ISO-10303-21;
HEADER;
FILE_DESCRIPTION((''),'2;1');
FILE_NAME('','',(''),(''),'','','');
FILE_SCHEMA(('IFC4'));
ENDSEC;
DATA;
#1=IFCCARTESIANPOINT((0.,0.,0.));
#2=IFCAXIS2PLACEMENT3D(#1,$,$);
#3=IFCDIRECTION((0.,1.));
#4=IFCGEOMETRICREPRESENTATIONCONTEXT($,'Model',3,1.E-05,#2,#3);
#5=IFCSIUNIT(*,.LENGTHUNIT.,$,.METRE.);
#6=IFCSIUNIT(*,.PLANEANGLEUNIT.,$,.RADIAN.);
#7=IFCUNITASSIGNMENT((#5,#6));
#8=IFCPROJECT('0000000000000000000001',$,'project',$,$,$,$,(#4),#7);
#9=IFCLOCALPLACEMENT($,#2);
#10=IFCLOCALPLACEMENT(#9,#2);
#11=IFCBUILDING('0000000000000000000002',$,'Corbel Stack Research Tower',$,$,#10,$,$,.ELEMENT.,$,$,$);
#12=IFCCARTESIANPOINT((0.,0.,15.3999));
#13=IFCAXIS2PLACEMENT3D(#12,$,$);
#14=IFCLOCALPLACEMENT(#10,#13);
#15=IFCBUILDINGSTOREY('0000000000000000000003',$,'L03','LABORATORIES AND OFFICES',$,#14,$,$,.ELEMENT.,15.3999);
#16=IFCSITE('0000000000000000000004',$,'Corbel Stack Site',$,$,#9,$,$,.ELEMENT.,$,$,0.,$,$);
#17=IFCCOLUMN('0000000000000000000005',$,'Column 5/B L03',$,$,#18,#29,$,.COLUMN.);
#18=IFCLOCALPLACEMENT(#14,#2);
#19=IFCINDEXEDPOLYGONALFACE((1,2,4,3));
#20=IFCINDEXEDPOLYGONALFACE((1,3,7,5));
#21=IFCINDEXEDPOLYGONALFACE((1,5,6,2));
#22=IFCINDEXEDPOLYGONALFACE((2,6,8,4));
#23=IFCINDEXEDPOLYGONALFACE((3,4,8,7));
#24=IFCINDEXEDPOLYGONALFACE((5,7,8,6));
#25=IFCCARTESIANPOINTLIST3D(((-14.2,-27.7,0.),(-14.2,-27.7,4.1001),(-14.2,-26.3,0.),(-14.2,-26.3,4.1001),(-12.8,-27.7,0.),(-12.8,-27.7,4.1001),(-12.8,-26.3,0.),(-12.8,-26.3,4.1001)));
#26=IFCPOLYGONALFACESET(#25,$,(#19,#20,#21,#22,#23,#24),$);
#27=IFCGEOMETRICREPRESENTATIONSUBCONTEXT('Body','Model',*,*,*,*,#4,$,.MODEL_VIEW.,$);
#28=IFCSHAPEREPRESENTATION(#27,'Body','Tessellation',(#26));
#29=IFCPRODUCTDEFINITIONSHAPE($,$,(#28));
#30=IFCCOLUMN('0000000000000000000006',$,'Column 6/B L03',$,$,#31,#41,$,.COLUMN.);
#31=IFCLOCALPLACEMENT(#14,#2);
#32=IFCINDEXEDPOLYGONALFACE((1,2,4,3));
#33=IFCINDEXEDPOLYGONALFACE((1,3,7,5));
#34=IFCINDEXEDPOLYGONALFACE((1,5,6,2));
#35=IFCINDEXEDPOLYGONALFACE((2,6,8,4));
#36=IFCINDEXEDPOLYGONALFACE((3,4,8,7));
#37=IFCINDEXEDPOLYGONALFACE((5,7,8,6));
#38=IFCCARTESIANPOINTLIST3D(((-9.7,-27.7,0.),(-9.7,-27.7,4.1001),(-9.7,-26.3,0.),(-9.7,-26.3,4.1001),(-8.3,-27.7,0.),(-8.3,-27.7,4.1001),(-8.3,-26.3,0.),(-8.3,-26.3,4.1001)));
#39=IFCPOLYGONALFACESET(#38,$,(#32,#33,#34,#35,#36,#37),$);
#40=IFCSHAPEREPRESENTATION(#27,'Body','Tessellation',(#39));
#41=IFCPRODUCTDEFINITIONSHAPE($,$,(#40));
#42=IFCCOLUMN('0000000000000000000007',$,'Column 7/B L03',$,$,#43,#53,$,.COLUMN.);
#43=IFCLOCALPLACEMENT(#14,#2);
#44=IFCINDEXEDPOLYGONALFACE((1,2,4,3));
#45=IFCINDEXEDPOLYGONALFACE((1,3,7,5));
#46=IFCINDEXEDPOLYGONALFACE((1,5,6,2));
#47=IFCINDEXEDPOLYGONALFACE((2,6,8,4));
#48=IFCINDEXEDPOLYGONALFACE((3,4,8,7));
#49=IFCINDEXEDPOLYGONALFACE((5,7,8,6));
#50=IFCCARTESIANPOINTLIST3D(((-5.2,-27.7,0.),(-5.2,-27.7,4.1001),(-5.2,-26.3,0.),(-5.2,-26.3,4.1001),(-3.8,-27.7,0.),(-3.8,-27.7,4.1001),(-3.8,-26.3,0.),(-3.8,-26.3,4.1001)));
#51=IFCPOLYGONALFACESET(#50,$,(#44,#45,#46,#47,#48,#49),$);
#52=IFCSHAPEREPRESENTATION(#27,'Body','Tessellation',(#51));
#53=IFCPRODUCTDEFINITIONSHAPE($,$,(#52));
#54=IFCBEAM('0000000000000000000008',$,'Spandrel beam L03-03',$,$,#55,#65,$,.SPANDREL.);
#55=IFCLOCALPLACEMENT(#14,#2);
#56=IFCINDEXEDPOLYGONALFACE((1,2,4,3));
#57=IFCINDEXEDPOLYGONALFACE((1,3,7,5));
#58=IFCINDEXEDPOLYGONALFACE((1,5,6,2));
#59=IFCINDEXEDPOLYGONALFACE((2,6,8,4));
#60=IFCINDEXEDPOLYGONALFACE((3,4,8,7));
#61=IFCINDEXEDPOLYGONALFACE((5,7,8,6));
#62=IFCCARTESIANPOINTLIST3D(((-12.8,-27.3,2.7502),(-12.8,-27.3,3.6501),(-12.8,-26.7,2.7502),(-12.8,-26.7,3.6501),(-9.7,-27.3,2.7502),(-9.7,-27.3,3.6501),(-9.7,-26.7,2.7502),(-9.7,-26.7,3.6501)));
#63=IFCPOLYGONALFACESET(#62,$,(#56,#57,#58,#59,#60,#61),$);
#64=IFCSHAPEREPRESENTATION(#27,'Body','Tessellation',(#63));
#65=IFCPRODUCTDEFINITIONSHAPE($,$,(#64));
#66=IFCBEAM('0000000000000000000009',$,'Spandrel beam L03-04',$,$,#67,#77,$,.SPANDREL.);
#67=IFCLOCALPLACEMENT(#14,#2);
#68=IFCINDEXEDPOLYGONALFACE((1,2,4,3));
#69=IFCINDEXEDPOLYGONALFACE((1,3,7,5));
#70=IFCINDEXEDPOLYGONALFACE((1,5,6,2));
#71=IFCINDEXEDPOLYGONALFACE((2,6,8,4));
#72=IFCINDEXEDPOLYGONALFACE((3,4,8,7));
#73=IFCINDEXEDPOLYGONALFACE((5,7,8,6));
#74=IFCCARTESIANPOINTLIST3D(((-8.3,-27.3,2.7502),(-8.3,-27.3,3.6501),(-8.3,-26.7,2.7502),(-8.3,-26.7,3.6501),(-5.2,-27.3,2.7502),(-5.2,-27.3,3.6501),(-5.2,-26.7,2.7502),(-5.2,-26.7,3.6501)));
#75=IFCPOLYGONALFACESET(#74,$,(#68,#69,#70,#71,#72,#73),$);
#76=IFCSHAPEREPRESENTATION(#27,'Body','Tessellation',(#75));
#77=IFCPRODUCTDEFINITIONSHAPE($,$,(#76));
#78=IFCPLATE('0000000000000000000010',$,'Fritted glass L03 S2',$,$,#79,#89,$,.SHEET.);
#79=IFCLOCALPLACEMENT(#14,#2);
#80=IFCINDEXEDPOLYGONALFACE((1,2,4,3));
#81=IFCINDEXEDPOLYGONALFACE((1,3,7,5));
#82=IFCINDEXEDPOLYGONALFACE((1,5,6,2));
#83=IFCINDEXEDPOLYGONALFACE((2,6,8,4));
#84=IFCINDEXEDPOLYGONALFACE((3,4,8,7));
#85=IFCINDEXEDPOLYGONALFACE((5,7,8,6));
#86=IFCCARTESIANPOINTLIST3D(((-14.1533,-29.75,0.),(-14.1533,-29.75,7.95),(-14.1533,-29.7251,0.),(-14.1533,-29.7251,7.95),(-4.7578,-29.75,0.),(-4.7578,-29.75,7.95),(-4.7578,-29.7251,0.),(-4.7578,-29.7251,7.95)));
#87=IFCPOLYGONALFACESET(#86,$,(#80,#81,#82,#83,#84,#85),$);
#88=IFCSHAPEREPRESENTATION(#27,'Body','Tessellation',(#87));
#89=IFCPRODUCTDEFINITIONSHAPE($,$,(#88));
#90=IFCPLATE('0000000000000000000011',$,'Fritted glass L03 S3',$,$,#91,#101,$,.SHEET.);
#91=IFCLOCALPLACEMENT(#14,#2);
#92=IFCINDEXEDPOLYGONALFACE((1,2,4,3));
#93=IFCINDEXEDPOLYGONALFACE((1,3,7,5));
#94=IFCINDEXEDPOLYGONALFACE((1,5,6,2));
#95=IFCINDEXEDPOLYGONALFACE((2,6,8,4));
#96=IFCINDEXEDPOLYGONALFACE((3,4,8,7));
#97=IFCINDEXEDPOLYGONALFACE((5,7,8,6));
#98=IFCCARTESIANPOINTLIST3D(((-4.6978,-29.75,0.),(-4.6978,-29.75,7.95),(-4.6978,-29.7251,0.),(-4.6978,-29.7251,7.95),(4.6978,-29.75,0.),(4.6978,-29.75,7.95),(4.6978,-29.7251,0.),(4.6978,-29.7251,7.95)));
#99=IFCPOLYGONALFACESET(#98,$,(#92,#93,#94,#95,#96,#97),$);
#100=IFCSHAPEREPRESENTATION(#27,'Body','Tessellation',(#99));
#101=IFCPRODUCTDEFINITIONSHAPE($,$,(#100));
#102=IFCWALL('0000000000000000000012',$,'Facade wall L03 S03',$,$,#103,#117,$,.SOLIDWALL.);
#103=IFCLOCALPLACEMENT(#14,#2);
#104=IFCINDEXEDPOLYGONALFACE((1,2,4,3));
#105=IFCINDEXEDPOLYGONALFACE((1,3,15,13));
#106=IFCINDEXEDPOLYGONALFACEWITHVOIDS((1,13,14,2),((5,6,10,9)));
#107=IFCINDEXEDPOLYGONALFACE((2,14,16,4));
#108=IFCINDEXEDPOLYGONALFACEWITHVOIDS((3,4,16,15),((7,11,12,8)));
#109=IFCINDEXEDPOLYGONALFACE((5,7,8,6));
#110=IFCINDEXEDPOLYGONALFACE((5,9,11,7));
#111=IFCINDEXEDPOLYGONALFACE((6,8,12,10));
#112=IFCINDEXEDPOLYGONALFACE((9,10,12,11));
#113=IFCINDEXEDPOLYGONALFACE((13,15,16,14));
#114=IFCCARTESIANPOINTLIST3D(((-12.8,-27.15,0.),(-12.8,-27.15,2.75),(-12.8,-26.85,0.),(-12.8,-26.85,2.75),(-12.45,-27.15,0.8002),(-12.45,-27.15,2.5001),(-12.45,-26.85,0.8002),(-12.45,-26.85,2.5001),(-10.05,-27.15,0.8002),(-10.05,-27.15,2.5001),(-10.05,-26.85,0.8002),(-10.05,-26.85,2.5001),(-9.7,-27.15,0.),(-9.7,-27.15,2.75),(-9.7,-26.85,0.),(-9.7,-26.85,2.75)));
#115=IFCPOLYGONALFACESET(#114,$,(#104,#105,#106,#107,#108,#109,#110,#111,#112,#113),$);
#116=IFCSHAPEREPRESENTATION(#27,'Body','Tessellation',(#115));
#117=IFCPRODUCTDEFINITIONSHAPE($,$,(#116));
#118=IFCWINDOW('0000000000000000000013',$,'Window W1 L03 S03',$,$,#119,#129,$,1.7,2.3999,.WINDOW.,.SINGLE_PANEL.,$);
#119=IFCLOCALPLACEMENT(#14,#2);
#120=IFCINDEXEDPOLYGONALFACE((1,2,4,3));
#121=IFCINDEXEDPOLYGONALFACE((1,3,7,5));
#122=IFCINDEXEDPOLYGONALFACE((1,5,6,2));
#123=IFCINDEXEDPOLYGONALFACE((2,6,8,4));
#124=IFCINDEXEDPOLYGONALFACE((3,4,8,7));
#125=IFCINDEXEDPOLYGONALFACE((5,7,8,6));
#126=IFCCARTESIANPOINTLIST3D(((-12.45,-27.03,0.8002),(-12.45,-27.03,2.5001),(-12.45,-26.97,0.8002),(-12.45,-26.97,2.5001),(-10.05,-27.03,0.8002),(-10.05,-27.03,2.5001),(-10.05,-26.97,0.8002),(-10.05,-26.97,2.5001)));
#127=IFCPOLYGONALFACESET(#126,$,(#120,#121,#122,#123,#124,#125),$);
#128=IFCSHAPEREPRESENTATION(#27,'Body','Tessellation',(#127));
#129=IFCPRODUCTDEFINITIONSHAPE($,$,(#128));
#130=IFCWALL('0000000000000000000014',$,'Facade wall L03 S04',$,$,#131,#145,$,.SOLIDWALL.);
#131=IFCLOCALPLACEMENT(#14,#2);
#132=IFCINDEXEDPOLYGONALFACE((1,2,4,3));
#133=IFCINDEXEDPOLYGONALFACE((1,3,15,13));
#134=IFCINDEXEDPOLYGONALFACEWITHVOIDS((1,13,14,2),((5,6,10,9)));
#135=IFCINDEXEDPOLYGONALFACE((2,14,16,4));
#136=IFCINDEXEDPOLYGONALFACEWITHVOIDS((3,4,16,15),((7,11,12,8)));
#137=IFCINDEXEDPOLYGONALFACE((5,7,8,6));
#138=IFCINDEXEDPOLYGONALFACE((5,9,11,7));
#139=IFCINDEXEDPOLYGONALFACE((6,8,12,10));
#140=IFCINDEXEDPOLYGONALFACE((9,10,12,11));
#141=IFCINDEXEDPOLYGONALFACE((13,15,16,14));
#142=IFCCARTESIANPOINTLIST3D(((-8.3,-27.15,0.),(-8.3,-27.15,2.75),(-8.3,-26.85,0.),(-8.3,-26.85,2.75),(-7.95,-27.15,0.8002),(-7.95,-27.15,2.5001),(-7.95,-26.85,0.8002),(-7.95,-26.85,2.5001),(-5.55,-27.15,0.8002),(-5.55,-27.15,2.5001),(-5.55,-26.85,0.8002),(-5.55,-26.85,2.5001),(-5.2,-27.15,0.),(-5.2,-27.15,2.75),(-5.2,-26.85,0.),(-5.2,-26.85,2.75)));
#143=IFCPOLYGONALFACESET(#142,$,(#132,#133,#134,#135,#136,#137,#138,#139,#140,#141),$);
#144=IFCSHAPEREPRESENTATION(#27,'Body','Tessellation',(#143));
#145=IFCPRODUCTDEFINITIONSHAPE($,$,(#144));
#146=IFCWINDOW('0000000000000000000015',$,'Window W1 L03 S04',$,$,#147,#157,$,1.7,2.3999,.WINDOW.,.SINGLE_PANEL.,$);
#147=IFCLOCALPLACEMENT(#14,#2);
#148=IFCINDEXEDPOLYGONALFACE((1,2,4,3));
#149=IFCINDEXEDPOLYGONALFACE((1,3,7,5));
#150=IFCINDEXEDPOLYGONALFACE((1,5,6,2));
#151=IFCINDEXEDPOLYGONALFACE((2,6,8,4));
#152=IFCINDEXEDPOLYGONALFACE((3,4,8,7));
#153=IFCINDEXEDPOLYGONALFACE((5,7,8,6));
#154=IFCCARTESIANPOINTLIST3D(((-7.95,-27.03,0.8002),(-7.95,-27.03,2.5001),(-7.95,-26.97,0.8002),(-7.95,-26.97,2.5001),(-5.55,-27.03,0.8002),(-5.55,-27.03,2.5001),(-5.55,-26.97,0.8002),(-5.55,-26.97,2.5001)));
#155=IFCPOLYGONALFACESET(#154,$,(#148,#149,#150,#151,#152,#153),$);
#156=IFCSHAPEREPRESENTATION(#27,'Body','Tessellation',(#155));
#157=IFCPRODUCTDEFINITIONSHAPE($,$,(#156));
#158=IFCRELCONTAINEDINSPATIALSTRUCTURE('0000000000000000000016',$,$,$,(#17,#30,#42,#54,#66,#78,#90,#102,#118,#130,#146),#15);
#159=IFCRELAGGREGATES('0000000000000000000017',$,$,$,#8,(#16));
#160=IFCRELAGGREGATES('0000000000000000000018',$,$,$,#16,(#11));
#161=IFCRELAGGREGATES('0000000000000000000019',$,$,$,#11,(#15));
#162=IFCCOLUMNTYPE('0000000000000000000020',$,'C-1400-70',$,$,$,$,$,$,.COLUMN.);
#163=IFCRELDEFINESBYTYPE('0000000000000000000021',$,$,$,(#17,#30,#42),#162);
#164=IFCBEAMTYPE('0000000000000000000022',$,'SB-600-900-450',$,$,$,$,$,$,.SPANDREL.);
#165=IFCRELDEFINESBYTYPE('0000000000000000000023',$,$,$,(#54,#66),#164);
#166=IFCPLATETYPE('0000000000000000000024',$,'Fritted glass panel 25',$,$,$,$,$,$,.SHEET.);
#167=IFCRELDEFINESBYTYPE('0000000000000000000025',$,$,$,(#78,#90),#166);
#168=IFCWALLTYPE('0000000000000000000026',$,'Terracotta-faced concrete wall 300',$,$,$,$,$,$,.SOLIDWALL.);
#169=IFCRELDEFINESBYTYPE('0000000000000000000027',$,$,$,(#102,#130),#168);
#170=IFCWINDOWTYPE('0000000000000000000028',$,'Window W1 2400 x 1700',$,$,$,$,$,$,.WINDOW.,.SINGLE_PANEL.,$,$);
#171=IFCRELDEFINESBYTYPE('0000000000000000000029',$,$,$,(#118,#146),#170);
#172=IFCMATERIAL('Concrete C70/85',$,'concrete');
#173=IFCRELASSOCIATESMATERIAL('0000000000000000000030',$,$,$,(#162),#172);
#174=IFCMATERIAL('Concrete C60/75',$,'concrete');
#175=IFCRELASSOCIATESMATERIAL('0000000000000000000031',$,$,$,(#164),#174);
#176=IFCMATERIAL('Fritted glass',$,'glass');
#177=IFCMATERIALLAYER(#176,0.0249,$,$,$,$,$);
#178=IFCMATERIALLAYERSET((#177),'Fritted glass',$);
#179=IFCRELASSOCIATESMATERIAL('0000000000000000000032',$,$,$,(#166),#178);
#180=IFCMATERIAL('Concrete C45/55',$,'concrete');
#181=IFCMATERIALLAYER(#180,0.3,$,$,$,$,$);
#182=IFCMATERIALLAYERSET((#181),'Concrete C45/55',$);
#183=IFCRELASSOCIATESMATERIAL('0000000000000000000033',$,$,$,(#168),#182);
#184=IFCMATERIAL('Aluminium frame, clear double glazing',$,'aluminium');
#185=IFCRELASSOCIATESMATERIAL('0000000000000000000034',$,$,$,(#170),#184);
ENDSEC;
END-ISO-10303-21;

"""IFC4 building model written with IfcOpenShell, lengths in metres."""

from ifc_helpers import new_model, si_unit, direction, frame, frame_2d, origin, origin_2d, place, context, subcontext, project, spatial, rectangle, extrude, material, layer, layer_set, material_profile, profile_set, type_object, element, fill, save


model = new_model("IFC4")

# Units and contexts
model_context = context("Model", 3, precision=1e-05, world=origin(), true_north=direction((0.0, 1.0)))
body_context = subcontext(model_context, "Body", "Model", "MODEL_VIEW")
ifc_project = project(units=[si_unit("LENGTHUNIT", "METRE"), si_unit("PLANEANGLEUNIT", "RADIAN")], contexts=[model_context])

# Site, building, storey
site_placement = place(None, origin())
site = spatial("IfcSite", under=ifc_project, at=site_placement, Name="Corbel Stack Site", CompositionType="ELEMENT", RefElevation=0.0)
building_placement = place(site_placement, origin())
building = spatial("IfcBuilding", under=site, at=building_placement, Name="Corbel Stack Research Tower", CompositionType="ELEMENT")
storey_placement = place(building_placement, frame((0.0, 0.0, 15.3999)))
storey = spatial("IfcBuildingStorey", under=building, at=storey_placement, Name="L03", Description="LABORATORIES AND OFFICES", CompositionType="ELEMENT", Elevation=15.3999)

# Columns
ifc_material_1 = material(Name="Concrete C70/85", Category="concrete")
ifc_material_profile_1 = material_profile(ifc_material_1, rectangle(XDim=1.3999, YDim=1.3999, at=origin_2d()), Name="RC 1400 x 1400")
ifc_profile_set_1 = profile_set([ifc_material_profile_1], Name="Concrete C70/85")
column_type = type_object("IfcColumnType", Name="C-1400-70", PredefinedType="COLUMN", material=ifc_profile_set_1)
for number, where, z_axis, x_axis, name in (
    (1, (-13.5, -27.0, 0.0), (0.0, 0.0, 1.0), (1.0, 0.0, 0.0), "Column 5/B L03"),
    (2, (-9.0, -27.0, 0.0), (0.0, 0.0, 1.0), (1.0, 0.0, 0.0), "Column 6/B L03"),
    (3, (-4.5, -27.0, 0.0), (0.0, 0.0, 1.0), (1.0, 0.0, 0.0), "Column 7/B L03"),
):
    element("IfcColumn", number, at=place(storey_placement, frame(where, z_axis=z_axis, x_axis=x_axis)), inside=storey, type_object=column_type, Name=name, PredefinedType="COLUMN", context=body_context, shape_type="SweptSolid", body=[
        extrude(rectangle(XDim=1.3999, YDim=1.3999, at=origin_2d()), origin(), (0.0, 0.0, 1.0), 4.1001),
    ])

# Beams
ifc_material_2 = material(Name="Concrete C60/75", Category="concrete")
ifc_material_profile_2 = material_profile(ifc_material_2, rectangle(XDim=0.6001, YDim=0.8999, at=origin_2d()), Name="RC 600 x 900")
ifc_profile_set_2 = profile_set([ifc_material_profile_2], Name="Concrete C60/75")
beam_type = type_object("IfcBeamType", Name="SB-600-900-450", PredefinedType="SPANDREL", material=ifc_profile_set_2)
for number, where, z_axis, x_axis, name in (
    (4, (-12.8, -27.0, 3.2002), (1.0, 0.0, 0.0), (0.0, 1.0, 0.0), "Spandrel beam L03-03"),
    (5, (-8.3, -27.0, 3.2002), (1.0, 0.0, 0.0), (0.0, 1.0, 0.0), "Spandrel beam L03-04"),
):
    element("IfcBeam", number, at=place(storey_placement, frame(where, z_axis=z_axis, x_axis=x_axis)), inside=storey, type_object=beam_type, Name=name, PredefinedType="SPANDREL", context=body_context, shape_type="SweptSolid", body=[
        extrude(rectangle(XDim=0.6001, YDim=0.8999, at=origin_2d()), origin(), (0.0, 0.0, 1.0), 3.1001),
    ])

# Plates
ifc_material_3 = material(Name="Fritted glass", Category="glass")
ifc_layer_1 = layer(ifc_material_3, 0.0249)
ifc_layer_set_1 = layer_set([ifc_layer_1], Name="Fritted glass")
plate_type = type_object("IfcPlateType", Name="Fritted glass panel 25", PredefinedType="SHEET", material=ifc_layer_set_1)
for number, where, z_axis, x_axis, name in (
    (6, (-9.4556, -29.7375, 0.0), (0.0, 0.0, 1.0), (1.0, 0.0, 0.0), "Fritted glass L03 S2"),
    (7, (0.0, -29.7375, 0.0), (0.0, 0.0, 1.0), (1.0, 0.0, 0.0), "Fritted glass L03 S3"),
):
    element("IfcPlate", number, at=place(storey_placement, frame(where, z_axis=z_axis, x_axis=x_axis)), inside=storey, type_object=plate_type, Name=name, PredefinedType="SHEET", context=body_context, shape_type="SweptSolid", body=[
        extrude(rectangle(XDim=9.3955, YDim=0.0249, at=origin_2d()), origin(), (0.0, 0.0, 1.0), 7.95),
    ])

# Walls, openings, windows
ifc_material_4 = material(Name="Concrete C45/55", Category="concrete")
ifc_layer_2 = layer(ifc_material_4, 0.3)
ifc_layer_set_2 = layer_set([ifc_layer_2], Name="Concrete C45/55")
wall_type = type_object("IfcWallType", Name="Terracotta-faced concrete wall 300", PredefinedType="SOLIDWALL", material=ifc_layer_set_2)
wall_1_placement = place(storey_placement, frame((-9.7, -27.0, 0.0), z_axis=(0.0, 0.0, 1.0), x_axis=(-1.0, 0.0, 0.0)))
wall_1 = element("IfcWall", 8, at=wall_1_placement, inside=storey, type_object=wall_type, Name="Facade wall L03 S03", PredefinedType="SOLIDWALL", context=body_context, shape_type="SweptSolid", body=[
    extrude(rectangle(XDim=3.1001, YDim=0.3, at=frame_2d((1.55, 0.0))), origin(), (0.0, 0.0, 1.0), 2.75),
])
opening_1_placement = place(wall_1_placement, frame((0.3501, 0.0, 0.8)))
opening_1 = element("IfcOpeningElement", 9, at=opening_1_placement, cuts=wall_1, PredefinedType="OPENING", context=body_context, shape_type="SweptSolid", body=[
    extrude(rectangle(XDim=2.3999, YDim=1.7, at=frame_2d((1.2, 0.8501))), frame((0.0, 0.1599, 0.0), z_axis=(0.0, -1.0, 0.0), x_axis=(1.0, 0.0, 0.0)), (0.0, 0.0, 1.0), 0.3201),
])
ifc_material_5 = material(Name="Aluminium frame, clear double glazing", Category="aluminium")
window_type = type_object("IfcWindowType", Name="Window W1 2400 x 1700", PartitioningType="SINGLE_PANEL", PredefinedType="WINDOW", material=ifc_material_5)
window_1_placement = place(opening_1_placement, origin())
window_1 = element("IfcWindow", 10, at=window_1_placement, inside=storey, type_object=window_type, Name="Window W1 L03 S03", OverallHeight=1.7, OverallWidth=2.3999, PartitioningType="SINGLE_PANEL", PredefinedType="WINDOW", context=body_context, shape_type="SweptSolid", body=[
    extrude(rectangle(XDim=2.3999, YDim=1.7, at=frame_2d((1.2, 0.8501))), frame((0.0, 0.03, 0.0), z_axis=(0.0, -1.0, 0.0), x_axis=(1.0, 0.0, 0.0)), (0.0, 0.0, 1.0), 0.0601),
])
fill(opening_1, window_1)
wall_2_placement = place(storey_placement, frame((-5.2, -27.0, 0.0), z_axis=(0.0, 0.0, 1.0), x_axis=(-1.0, 0.0, 0.0)))
wall_2 = element("IfcWall", 11, at=wall_2_placement, inside=storey, type_object=wall_type, Name="Facade wall L03 S04", PredefinedType="SOLIDWALL", context=body_context, shape_type="SweptSolid", body=[
    extrude(rectangle(XDim=3.1001, YDim=0.3, at=frame_2d((1.55, 0.0))), origin(), (0.0, 0.0, 1.0), 2.75),
])
opening_2_placement = place(wall_2_placement, frame((0.3501, 0.0, 0.8)))
opening_2 = element("IfcOpeningElement", 12, at=opening_2_placement, cuts=wall_2, PredefinedType="OPENING", context=body_context, shape_type="SweptSolid", body=[
    extrude(rectangle(XDim=2.3999, YDim=1.7, at=frame_2d((1.2, 0.8501))), frame((0.0, 0.1599, 0.0), z_axis=(0.0, -1.0, 0.0), x_axis=(1.0, 0.0, 0.0)), (0.0, 0.0, 1.0), 0.3201),
])
window_2_placement = place(opening_2_placement, origin())
window_2 = element("IfcWindow", 13, at=window_2_placement, inside=storey, type_object=window_type, Name="Window W1 L03 S04", OverallHeight=1.7, OverallWidth=2.3999, PartitioningType="SINGLE_PANEL", PredefinedType="WINDOW", context=body_context, shape_type="SweptSolid", body=[
    extrude(rectangle(XDim=2.3999, YDim=1.7, at=frame_2d((1.2, 0.8501))), frame((0.0, 0.03, 0.0), z_axis=(0.0, -1.0, 0.0), x_axis=(1.0, 0.0, 0.0)), (0.0, 0.0, 1.0), 0.0601),
])
fill(opening_2, window_2)

save(model, "model.ifc")
